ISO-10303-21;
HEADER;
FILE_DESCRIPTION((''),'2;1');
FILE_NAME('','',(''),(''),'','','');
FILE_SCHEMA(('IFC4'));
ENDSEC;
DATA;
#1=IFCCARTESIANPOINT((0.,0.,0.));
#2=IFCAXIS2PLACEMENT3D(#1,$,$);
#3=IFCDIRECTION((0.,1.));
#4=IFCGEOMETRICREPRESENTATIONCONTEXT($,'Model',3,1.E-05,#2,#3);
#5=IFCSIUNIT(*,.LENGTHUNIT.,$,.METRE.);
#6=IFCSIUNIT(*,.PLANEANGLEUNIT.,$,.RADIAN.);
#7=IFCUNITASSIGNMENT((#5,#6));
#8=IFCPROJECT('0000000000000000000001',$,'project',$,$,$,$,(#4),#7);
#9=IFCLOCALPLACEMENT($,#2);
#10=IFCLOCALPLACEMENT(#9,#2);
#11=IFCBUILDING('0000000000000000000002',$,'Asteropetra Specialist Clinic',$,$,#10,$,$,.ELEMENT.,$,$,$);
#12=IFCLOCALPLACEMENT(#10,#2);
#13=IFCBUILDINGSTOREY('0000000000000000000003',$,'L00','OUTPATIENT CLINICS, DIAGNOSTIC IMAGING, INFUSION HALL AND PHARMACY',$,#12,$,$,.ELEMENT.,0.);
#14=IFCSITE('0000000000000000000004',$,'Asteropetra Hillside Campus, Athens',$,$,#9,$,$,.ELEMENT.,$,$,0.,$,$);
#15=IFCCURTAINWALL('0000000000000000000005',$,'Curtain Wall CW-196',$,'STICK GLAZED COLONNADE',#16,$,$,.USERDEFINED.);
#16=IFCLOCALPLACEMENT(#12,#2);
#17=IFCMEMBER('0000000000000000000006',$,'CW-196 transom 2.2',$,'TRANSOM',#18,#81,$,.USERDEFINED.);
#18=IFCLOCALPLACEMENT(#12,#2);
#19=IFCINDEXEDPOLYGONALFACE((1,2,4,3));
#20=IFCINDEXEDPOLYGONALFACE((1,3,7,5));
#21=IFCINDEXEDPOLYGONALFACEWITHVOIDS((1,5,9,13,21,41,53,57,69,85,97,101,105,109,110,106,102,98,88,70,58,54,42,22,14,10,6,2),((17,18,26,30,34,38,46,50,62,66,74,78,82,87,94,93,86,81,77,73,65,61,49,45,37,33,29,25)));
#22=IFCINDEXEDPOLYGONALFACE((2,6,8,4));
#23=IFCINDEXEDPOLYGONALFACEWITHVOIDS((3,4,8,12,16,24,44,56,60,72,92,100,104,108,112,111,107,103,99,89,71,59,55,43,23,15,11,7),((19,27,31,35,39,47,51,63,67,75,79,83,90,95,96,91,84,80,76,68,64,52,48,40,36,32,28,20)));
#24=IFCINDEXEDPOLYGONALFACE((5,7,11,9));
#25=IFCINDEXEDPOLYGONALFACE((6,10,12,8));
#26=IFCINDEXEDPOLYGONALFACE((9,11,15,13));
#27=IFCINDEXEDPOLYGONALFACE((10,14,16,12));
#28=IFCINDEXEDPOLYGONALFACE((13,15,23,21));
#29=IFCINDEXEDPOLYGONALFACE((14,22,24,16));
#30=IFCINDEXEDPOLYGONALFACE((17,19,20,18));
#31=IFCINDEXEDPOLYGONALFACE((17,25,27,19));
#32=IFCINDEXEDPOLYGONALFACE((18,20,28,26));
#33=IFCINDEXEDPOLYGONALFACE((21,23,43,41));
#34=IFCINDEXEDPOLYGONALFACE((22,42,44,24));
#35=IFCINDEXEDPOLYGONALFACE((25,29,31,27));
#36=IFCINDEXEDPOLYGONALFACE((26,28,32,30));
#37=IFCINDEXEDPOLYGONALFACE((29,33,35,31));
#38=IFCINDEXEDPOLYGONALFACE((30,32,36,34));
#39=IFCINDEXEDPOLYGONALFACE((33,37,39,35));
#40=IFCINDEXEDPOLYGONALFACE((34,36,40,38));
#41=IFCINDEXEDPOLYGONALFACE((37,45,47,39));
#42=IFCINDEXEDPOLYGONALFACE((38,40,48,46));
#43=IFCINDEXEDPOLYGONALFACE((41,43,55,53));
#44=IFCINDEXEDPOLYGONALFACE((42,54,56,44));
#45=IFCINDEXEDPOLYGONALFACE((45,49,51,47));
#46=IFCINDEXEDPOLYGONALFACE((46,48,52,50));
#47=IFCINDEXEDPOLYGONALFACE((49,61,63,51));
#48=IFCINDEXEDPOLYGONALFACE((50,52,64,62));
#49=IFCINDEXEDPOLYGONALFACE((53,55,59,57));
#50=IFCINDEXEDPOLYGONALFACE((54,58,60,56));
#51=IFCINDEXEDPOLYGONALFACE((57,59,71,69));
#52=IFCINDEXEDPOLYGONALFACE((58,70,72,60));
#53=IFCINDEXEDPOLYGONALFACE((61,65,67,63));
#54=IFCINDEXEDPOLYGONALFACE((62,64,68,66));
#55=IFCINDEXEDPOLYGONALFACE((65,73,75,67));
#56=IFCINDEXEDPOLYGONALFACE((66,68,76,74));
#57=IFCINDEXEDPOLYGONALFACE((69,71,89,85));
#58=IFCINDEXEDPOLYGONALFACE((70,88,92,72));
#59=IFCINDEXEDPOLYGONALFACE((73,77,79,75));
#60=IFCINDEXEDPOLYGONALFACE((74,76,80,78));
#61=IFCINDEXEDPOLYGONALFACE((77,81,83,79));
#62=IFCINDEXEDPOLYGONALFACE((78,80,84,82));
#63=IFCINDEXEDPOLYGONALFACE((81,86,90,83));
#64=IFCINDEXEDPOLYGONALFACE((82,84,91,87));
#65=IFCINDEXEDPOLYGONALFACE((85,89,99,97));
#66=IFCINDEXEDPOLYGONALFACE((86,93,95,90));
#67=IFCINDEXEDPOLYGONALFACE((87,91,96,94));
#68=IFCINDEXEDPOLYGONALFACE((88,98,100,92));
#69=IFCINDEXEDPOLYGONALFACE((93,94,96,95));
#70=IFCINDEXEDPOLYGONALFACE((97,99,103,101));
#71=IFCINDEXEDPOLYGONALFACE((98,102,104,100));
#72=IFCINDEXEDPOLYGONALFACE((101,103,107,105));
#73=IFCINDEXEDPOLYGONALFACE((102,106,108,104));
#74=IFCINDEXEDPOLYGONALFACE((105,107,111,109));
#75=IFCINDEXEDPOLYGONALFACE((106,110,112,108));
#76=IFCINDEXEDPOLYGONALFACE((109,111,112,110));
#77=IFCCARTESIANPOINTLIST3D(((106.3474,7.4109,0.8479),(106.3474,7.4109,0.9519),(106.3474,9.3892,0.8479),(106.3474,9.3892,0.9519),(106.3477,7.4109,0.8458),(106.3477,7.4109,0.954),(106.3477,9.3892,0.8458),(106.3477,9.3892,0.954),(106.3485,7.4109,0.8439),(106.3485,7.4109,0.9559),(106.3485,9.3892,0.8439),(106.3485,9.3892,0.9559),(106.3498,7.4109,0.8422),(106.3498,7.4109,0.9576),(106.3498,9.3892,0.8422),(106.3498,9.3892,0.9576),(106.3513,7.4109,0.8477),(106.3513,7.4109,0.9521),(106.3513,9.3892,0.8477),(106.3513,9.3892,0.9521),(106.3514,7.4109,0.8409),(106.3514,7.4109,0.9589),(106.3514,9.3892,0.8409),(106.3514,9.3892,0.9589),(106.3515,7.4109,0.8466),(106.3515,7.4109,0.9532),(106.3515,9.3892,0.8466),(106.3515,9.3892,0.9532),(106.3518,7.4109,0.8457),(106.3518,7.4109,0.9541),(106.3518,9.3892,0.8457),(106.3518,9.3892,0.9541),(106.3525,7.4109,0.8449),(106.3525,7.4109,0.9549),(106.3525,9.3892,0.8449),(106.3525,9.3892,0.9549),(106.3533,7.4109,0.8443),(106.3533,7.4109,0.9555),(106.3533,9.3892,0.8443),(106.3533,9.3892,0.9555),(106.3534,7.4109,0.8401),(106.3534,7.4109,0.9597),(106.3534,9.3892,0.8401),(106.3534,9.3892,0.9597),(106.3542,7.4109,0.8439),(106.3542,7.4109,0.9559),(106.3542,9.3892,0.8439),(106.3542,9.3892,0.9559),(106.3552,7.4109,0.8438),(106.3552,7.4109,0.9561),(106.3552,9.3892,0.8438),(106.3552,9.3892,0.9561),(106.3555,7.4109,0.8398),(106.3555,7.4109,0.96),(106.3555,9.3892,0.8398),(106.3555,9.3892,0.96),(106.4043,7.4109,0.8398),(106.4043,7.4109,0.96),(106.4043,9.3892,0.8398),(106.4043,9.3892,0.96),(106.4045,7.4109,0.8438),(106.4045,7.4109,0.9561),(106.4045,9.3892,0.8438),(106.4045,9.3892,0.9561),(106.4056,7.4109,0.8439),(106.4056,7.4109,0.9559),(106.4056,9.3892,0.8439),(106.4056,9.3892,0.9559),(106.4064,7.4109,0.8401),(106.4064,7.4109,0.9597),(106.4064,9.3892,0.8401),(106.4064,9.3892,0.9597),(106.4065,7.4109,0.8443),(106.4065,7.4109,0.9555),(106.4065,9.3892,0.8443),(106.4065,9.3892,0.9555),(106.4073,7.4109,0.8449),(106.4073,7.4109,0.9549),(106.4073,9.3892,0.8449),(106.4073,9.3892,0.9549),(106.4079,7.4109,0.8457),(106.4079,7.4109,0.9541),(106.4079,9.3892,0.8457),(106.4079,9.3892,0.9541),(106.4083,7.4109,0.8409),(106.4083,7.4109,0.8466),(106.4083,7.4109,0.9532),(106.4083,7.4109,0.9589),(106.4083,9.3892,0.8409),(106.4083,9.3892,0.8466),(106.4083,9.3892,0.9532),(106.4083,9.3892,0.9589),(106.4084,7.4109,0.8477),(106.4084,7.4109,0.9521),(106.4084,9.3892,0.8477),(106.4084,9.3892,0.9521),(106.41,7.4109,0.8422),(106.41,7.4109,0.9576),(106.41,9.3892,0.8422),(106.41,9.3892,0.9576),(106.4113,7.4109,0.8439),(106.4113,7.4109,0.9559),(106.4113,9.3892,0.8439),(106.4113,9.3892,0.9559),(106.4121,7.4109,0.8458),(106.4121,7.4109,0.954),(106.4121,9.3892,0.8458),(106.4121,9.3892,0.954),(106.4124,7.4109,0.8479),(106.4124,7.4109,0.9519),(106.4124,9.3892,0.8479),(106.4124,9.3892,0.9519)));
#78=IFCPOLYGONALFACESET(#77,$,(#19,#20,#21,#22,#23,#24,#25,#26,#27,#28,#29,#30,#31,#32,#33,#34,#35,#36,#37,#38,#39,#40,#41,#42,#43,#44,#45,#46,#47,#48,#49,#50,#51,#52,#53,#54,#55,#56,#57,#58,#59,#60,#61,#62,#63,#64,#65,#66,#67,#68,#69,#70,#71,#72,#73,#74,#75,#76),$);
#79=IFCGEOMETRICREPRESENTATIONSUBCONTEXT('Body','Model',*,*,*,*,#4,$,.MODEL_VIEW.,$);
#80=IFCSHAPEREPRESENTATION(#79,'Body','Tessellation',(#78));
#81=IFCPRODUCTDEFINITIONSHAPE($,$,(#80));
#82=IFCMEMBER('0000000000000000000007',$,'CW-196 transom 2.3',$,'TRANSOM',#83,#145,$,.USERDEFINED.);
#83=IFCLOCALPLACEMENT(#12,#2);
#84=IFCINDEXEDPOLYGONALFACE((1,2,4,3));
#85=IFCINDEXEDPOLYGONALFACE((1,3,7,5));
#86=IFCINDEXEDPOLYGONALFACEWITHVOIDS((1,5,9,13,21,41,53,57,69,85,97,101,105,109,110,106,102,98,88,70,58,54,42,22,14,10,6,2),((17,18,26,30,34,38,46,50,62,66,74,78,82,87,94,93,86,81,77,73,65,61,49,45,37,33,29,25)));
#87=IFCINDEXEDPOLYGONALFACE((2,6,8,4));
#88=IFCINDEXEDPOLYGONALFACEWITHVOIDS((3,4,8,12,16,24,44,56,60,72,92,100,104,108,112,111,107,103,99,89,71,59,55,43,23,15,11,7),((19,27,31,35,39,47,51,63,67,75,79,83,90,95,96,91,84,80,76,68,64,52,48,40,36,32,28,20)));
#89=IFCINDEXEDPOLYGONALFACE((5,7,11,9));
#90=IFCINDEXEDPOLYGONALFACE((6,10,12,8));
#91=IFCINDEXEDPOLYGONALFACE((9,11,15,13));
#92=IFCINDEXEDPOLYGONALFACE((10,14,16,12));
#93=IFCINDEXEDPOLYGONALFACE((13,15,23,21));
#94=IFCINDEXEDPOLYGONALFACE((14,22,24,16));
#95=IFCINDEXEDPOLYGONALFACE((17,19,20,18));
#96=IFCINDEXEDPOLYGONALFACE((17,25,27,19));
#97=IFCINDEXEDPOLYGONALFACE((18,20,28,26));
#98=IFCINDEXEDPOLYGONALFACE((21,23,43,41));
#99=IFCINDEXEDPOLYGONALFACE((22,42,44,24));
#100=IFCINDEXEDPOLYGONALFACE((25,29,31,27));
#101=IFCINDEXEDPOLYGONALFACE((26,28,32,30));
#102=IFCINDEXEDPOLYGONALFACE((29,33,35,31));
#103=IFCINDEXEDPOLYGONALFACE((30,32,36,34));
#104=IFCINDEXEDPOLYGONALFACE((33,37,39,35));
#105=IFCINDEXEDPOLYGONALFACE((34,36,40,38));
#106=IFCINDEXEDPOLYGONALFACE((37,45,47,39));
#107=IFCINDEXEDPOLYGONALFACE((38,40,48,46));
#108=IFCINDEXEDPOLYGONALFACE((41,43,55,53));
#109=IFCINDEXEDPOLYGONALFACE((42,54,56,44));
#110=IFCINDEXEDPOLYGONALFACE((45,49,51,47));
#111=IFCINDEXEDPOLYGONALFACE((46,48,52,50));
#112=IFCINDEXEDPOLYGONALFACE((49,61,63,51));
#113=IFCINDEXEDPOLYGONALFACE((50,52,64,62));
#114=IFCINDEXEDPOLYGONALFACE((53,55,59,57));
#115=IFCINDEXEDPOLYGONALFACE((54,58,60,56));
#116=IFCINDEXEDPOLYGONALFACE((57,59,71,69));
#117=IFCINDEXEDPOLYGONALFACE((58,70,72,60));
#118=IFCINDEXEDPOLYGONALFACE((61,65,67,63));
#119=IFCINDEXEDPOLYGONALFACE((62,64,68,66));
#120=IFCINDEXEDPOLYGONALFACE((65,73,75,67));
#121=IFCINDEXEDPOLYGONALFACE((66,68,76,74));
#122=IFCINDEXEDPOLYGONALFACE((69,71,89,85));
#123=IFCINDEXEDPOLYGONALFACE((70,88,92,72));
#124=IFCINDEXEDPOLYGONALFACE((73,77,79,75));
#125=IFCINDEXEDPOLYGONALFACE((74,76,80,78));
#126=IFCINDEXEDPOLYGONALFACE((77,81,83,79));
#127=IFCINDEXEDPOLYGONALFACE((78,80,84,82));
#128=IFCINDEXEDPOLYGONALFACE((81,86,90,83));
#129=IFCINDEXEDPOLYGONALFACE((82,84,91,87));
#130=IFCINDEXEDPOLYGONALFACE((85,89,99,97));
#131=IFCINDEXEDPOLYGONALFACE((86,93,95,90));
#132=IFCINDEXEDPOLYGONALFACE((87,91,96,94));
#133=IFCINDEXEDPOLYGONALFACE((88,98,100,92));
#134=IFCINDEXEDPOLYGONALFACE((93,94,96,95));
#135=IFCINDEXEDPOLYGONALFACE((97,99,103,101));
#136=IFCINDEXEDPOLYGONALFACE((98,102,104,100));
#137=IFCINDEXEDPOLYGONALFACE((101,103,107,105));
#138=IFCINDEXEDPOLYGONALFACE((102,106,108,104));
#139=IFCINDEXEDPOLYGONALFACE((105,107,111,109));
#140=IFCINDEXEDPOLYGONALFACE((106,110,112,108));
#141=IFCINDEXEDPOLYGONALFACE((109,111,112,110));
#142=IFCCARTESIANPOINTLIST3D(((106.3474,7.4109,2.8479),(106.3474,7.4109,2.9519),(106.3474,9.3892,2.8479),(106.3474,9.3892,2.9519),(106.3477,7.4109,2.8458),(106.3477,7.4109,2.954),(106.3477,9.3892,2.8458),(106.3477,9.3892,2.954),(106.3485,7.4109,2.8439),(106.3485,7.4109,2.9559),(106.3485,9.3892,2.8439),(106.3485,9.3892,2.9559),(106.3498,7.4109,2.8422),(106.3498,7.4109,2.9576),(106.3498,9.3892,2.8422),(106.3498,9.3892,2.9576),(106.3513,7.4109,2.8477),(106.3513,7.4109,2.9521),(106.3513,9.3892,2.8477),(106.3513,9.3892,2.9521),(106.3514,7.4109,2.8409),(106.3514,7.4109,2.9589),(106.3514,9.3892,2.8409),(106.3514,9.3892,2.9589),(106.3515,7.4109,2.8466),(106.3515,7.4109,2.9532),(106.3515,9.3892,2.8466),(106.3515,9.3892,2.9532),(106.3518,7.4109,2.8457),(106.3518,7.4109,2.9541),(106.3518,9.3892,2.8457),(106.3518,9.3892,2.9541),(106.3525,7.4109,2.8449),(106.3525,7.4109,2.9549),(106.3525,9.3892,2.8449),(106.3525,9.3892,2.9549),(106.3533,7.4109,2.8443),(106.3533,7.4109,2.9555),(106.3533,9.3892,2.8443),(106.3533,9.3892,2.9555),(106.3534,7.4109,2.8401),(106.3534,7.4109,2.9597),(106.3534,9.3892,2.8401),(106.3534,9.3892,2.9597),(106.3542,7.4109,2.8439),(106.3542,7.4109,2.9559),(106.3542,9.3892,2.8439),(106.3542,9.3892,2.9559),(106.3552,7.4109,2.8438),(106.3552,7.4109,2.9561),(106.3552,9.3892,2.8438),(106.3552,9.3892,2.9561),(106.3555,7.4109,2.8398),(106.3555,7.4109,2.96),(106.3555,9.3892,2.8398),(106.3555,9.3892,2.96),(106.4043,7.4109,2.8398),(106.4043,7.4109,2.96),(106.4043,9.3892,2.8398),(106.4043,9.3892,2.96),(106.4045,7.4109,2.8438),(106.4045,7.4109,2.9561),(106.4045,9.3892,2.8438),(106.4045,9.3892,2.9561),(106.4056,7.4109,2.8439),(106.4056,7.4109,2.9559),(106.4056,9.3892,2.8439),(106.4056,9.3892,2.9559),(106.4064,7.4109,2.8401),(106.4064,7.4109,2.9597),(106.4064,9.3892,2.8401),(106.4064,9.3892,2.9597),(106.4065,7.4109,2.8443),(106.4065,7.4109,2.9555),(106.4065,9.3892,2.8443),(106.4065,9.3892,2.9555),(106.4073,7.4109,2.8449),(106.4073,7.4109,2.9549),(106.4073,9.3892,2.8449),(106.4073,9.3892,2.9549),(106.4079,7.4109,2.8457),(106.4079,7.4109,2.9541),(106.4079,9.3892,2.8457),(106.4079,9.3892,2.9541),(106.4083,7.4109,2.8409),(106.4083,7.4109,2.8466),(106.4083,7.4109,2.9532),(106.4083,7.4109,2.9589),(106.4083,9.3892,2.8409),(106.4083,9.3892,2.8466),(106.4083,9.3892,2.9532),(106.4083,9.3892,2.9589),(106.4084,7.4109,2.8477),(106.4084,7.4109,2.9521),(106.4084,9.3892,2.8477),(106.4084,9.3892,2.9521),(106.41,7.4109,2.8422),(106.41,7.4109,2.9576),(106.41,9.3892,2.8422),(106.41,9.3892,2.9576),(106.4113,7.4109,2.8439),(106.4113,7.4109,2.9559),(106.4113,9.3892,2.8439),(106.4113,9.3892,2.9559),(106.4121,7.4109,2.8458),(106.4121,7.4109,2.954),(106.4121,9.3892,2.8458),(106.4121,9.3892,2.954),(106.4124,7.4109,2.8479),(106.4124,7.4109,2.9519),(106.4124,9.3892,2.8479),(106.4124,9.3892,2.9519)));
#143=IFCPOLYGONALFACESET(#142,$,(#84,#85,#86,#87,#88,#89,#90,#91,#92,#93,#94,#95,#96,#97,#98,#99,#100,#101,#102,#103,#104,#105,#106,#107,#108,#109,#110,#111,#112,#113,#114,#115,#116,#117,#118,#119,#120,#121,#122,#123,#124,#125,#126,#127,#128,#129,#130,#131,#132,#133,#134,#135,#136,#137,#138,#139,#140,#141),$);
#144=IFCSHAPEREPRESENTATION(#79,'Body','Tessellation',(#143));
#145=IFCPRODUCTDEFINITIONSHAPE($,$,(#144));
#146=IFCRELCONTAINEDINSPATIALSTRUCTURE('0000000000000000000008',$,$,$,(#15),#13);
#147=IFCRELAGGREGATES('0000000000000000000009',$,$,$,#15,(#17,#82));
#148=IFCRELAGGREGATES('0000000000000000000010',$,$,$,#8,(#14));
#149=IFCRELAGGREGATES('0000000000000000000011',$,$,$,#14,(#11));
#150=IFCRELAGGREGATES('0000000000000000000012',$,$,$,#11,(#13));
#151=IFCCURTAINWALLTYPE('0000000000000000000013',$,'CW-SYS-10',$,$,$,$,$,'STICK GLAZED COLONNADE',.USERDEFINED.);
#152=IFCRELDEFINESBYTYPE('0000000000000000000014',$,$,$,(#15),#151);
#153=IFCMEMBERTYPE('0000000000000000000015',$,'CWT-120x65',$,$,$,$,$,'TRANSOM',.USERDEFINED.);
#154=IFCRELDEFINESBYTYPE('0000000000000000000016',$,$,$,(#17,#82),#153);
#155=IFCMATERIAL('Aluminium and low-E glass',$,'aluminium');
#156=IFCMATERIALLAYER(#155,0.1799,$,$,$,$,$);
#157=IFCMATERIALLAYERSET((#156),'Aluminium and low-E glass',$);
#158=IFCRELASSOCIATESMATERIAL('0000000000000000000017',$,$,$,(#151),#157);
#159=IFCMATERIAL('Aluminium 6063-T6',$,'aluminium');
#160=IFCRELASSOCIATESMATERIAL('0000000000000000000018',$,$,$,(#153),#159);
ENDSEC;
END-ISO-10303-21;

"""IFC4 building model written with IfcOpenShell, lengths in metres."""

from ifc_helpers import new_model, si_unit, direction, frame, origin, origin_2d, place, context, subcontext, project, spatial, hollow_rectangle, extrude, material, layer, layer_set, material_profile, profile_set, type_object, element, aggregate, save


model = new_model("IFC4")

# Units and contexts
model_context = context("Model", 3, precision=1e-05, world=origin(), true_north=direction((0.0, 1.0)))
body_context = subcontext(model_context, "Body", "Model", "MODEL_VIEW")
ifc_project = project(units=[si_unit("LENGTHUNIT", "METRE"), si_unit("PLANEANGLEUNIT", "RADIAN")], contexts=[model_context])

# Site, building, storey
site_placement = place(None, origin())
site = spatial("IfcSite", under=ifc_project, at=site_placement, Name="Asteropetra Hillside Campus, Athens", CompositionType="ELEMENT", RefElevation=0.0)
building_placement = place(site_placement, origin())
building = spatial("IfcBuilding", under=site, at=building_placement, Name="Asteropetra Specialist Clinic", CompositionType="ELEMENT")
storey_placement = place(building_placement, origin())
storey = spatial("IfcBuildingStorey", under=building, at=storey_placement, Name="L00", Description="OUTPATIENT CLINICS, DIAGNOSTIC IMAGING, INFUSION HALL AND PHARMACY", CompositionType="ELEMENT", Elevation=0.0)

# Curtain wall, members
ifc_material_1 = material(Name="Aluminium and low-E glass", Category="aluminium")
ifc_layer_1 = layer(ifc_material_1, 0.1799)
ifc_layer_set_1 = layer_set([ifc_layer_1], Name="Aluminium and low-E glass")
curtain_wall_type = type_object("IfcCurtainWallType", Name="CW-SYS-10", ElementType="STICK GLAZED COLONNADE", PredefinedType="USERDEFINED", material=ifc_layer_set_1)
curtain_wall_placement = place(storey_placement, origin())
curtain_wall = element("IfcCurtainWall", 1, at=curtain_wall_placement, inside=storey, type_object=curtain_wall_type, Name="Curtain Wall CW-196", ObjectType="STICK GLAZED COLONNADE", PredefinedType="USERDEFINED")
ifc_material_2 = material(Name="Aluminium 6063-T6", Category="aluminium")
ifc_material_profile_1 = material_profile(ifc_material_2, hollow_rectangle(XDim=0.0649, YDim=0.1201, WallThickness=0.0039, InnerFilletRadius=0.0039, OuterFilletRadius=0.0081, at=origin_2d()), Name="TRN 120x65x4.0")
ifc_profile_set_1 = profile_set([ifc_material_profile_1], Name="Aluminium 6063-T6")
member_type_1 = type_object("IfcMemberType", Name="CWT-120x65", ElementType="TRANSOM", PredefinedType="USERDEFINED", material=ifc_profile_set_1)
member_1_placement = place(storey_placement, frame((106.3799, 9.3892, 0.8999), z_axis=(0.0, -1.0, 0.0), x_axis=(1.0, 0.0, 0.0)))
member_1 = element("IfcMember", 2, at=member_1_placement, type_object=member_type_1, Name="CW-196 transom 2.2", ObjectType="TRANSOM", PredefinedType="USERDEFINED", context=body_context, shape_type="SweptSolid", body=[
    extrude(hollow_rectangle(XDim=0.0649, YDim=0.1201, WallThickness=0.0039, InnerFilletRadius=0.0039, OuterFilletRadius=0.0081, at=origin_2d()), origin(), (0.0, 0.0, 1.0), 1.9783),
])
member_2_placement = place(storey_placement, frame((106.3799, 9.3892, 2.8999), z_axis=(0.0, -1.0, 0.0), x_axis=(1.0, 0.0, 0.0)))
member_2 = element("IfcMember", 3, at=member_2_placement, type_object=member_type_1, Name="CW-196 transom 2.3", ObjectType="TRANSOM", PredefinedType="USERDEFINED", context=body_context, shape_type="SweptSolid", body=[
    extrude(hollow_rectangle(XDim=0.0649, YDim=0.1201, WallThickness=0.0039, InnerFilletRadius=0.0039, OuterFilletRadius=0.0081, at=origin_2d()), origin(), (0.0, 0.0, 1.0), 1.9783),
])
aggregate(curtain_wall, [member_1, member_2])

save(model, "model.ifc")
